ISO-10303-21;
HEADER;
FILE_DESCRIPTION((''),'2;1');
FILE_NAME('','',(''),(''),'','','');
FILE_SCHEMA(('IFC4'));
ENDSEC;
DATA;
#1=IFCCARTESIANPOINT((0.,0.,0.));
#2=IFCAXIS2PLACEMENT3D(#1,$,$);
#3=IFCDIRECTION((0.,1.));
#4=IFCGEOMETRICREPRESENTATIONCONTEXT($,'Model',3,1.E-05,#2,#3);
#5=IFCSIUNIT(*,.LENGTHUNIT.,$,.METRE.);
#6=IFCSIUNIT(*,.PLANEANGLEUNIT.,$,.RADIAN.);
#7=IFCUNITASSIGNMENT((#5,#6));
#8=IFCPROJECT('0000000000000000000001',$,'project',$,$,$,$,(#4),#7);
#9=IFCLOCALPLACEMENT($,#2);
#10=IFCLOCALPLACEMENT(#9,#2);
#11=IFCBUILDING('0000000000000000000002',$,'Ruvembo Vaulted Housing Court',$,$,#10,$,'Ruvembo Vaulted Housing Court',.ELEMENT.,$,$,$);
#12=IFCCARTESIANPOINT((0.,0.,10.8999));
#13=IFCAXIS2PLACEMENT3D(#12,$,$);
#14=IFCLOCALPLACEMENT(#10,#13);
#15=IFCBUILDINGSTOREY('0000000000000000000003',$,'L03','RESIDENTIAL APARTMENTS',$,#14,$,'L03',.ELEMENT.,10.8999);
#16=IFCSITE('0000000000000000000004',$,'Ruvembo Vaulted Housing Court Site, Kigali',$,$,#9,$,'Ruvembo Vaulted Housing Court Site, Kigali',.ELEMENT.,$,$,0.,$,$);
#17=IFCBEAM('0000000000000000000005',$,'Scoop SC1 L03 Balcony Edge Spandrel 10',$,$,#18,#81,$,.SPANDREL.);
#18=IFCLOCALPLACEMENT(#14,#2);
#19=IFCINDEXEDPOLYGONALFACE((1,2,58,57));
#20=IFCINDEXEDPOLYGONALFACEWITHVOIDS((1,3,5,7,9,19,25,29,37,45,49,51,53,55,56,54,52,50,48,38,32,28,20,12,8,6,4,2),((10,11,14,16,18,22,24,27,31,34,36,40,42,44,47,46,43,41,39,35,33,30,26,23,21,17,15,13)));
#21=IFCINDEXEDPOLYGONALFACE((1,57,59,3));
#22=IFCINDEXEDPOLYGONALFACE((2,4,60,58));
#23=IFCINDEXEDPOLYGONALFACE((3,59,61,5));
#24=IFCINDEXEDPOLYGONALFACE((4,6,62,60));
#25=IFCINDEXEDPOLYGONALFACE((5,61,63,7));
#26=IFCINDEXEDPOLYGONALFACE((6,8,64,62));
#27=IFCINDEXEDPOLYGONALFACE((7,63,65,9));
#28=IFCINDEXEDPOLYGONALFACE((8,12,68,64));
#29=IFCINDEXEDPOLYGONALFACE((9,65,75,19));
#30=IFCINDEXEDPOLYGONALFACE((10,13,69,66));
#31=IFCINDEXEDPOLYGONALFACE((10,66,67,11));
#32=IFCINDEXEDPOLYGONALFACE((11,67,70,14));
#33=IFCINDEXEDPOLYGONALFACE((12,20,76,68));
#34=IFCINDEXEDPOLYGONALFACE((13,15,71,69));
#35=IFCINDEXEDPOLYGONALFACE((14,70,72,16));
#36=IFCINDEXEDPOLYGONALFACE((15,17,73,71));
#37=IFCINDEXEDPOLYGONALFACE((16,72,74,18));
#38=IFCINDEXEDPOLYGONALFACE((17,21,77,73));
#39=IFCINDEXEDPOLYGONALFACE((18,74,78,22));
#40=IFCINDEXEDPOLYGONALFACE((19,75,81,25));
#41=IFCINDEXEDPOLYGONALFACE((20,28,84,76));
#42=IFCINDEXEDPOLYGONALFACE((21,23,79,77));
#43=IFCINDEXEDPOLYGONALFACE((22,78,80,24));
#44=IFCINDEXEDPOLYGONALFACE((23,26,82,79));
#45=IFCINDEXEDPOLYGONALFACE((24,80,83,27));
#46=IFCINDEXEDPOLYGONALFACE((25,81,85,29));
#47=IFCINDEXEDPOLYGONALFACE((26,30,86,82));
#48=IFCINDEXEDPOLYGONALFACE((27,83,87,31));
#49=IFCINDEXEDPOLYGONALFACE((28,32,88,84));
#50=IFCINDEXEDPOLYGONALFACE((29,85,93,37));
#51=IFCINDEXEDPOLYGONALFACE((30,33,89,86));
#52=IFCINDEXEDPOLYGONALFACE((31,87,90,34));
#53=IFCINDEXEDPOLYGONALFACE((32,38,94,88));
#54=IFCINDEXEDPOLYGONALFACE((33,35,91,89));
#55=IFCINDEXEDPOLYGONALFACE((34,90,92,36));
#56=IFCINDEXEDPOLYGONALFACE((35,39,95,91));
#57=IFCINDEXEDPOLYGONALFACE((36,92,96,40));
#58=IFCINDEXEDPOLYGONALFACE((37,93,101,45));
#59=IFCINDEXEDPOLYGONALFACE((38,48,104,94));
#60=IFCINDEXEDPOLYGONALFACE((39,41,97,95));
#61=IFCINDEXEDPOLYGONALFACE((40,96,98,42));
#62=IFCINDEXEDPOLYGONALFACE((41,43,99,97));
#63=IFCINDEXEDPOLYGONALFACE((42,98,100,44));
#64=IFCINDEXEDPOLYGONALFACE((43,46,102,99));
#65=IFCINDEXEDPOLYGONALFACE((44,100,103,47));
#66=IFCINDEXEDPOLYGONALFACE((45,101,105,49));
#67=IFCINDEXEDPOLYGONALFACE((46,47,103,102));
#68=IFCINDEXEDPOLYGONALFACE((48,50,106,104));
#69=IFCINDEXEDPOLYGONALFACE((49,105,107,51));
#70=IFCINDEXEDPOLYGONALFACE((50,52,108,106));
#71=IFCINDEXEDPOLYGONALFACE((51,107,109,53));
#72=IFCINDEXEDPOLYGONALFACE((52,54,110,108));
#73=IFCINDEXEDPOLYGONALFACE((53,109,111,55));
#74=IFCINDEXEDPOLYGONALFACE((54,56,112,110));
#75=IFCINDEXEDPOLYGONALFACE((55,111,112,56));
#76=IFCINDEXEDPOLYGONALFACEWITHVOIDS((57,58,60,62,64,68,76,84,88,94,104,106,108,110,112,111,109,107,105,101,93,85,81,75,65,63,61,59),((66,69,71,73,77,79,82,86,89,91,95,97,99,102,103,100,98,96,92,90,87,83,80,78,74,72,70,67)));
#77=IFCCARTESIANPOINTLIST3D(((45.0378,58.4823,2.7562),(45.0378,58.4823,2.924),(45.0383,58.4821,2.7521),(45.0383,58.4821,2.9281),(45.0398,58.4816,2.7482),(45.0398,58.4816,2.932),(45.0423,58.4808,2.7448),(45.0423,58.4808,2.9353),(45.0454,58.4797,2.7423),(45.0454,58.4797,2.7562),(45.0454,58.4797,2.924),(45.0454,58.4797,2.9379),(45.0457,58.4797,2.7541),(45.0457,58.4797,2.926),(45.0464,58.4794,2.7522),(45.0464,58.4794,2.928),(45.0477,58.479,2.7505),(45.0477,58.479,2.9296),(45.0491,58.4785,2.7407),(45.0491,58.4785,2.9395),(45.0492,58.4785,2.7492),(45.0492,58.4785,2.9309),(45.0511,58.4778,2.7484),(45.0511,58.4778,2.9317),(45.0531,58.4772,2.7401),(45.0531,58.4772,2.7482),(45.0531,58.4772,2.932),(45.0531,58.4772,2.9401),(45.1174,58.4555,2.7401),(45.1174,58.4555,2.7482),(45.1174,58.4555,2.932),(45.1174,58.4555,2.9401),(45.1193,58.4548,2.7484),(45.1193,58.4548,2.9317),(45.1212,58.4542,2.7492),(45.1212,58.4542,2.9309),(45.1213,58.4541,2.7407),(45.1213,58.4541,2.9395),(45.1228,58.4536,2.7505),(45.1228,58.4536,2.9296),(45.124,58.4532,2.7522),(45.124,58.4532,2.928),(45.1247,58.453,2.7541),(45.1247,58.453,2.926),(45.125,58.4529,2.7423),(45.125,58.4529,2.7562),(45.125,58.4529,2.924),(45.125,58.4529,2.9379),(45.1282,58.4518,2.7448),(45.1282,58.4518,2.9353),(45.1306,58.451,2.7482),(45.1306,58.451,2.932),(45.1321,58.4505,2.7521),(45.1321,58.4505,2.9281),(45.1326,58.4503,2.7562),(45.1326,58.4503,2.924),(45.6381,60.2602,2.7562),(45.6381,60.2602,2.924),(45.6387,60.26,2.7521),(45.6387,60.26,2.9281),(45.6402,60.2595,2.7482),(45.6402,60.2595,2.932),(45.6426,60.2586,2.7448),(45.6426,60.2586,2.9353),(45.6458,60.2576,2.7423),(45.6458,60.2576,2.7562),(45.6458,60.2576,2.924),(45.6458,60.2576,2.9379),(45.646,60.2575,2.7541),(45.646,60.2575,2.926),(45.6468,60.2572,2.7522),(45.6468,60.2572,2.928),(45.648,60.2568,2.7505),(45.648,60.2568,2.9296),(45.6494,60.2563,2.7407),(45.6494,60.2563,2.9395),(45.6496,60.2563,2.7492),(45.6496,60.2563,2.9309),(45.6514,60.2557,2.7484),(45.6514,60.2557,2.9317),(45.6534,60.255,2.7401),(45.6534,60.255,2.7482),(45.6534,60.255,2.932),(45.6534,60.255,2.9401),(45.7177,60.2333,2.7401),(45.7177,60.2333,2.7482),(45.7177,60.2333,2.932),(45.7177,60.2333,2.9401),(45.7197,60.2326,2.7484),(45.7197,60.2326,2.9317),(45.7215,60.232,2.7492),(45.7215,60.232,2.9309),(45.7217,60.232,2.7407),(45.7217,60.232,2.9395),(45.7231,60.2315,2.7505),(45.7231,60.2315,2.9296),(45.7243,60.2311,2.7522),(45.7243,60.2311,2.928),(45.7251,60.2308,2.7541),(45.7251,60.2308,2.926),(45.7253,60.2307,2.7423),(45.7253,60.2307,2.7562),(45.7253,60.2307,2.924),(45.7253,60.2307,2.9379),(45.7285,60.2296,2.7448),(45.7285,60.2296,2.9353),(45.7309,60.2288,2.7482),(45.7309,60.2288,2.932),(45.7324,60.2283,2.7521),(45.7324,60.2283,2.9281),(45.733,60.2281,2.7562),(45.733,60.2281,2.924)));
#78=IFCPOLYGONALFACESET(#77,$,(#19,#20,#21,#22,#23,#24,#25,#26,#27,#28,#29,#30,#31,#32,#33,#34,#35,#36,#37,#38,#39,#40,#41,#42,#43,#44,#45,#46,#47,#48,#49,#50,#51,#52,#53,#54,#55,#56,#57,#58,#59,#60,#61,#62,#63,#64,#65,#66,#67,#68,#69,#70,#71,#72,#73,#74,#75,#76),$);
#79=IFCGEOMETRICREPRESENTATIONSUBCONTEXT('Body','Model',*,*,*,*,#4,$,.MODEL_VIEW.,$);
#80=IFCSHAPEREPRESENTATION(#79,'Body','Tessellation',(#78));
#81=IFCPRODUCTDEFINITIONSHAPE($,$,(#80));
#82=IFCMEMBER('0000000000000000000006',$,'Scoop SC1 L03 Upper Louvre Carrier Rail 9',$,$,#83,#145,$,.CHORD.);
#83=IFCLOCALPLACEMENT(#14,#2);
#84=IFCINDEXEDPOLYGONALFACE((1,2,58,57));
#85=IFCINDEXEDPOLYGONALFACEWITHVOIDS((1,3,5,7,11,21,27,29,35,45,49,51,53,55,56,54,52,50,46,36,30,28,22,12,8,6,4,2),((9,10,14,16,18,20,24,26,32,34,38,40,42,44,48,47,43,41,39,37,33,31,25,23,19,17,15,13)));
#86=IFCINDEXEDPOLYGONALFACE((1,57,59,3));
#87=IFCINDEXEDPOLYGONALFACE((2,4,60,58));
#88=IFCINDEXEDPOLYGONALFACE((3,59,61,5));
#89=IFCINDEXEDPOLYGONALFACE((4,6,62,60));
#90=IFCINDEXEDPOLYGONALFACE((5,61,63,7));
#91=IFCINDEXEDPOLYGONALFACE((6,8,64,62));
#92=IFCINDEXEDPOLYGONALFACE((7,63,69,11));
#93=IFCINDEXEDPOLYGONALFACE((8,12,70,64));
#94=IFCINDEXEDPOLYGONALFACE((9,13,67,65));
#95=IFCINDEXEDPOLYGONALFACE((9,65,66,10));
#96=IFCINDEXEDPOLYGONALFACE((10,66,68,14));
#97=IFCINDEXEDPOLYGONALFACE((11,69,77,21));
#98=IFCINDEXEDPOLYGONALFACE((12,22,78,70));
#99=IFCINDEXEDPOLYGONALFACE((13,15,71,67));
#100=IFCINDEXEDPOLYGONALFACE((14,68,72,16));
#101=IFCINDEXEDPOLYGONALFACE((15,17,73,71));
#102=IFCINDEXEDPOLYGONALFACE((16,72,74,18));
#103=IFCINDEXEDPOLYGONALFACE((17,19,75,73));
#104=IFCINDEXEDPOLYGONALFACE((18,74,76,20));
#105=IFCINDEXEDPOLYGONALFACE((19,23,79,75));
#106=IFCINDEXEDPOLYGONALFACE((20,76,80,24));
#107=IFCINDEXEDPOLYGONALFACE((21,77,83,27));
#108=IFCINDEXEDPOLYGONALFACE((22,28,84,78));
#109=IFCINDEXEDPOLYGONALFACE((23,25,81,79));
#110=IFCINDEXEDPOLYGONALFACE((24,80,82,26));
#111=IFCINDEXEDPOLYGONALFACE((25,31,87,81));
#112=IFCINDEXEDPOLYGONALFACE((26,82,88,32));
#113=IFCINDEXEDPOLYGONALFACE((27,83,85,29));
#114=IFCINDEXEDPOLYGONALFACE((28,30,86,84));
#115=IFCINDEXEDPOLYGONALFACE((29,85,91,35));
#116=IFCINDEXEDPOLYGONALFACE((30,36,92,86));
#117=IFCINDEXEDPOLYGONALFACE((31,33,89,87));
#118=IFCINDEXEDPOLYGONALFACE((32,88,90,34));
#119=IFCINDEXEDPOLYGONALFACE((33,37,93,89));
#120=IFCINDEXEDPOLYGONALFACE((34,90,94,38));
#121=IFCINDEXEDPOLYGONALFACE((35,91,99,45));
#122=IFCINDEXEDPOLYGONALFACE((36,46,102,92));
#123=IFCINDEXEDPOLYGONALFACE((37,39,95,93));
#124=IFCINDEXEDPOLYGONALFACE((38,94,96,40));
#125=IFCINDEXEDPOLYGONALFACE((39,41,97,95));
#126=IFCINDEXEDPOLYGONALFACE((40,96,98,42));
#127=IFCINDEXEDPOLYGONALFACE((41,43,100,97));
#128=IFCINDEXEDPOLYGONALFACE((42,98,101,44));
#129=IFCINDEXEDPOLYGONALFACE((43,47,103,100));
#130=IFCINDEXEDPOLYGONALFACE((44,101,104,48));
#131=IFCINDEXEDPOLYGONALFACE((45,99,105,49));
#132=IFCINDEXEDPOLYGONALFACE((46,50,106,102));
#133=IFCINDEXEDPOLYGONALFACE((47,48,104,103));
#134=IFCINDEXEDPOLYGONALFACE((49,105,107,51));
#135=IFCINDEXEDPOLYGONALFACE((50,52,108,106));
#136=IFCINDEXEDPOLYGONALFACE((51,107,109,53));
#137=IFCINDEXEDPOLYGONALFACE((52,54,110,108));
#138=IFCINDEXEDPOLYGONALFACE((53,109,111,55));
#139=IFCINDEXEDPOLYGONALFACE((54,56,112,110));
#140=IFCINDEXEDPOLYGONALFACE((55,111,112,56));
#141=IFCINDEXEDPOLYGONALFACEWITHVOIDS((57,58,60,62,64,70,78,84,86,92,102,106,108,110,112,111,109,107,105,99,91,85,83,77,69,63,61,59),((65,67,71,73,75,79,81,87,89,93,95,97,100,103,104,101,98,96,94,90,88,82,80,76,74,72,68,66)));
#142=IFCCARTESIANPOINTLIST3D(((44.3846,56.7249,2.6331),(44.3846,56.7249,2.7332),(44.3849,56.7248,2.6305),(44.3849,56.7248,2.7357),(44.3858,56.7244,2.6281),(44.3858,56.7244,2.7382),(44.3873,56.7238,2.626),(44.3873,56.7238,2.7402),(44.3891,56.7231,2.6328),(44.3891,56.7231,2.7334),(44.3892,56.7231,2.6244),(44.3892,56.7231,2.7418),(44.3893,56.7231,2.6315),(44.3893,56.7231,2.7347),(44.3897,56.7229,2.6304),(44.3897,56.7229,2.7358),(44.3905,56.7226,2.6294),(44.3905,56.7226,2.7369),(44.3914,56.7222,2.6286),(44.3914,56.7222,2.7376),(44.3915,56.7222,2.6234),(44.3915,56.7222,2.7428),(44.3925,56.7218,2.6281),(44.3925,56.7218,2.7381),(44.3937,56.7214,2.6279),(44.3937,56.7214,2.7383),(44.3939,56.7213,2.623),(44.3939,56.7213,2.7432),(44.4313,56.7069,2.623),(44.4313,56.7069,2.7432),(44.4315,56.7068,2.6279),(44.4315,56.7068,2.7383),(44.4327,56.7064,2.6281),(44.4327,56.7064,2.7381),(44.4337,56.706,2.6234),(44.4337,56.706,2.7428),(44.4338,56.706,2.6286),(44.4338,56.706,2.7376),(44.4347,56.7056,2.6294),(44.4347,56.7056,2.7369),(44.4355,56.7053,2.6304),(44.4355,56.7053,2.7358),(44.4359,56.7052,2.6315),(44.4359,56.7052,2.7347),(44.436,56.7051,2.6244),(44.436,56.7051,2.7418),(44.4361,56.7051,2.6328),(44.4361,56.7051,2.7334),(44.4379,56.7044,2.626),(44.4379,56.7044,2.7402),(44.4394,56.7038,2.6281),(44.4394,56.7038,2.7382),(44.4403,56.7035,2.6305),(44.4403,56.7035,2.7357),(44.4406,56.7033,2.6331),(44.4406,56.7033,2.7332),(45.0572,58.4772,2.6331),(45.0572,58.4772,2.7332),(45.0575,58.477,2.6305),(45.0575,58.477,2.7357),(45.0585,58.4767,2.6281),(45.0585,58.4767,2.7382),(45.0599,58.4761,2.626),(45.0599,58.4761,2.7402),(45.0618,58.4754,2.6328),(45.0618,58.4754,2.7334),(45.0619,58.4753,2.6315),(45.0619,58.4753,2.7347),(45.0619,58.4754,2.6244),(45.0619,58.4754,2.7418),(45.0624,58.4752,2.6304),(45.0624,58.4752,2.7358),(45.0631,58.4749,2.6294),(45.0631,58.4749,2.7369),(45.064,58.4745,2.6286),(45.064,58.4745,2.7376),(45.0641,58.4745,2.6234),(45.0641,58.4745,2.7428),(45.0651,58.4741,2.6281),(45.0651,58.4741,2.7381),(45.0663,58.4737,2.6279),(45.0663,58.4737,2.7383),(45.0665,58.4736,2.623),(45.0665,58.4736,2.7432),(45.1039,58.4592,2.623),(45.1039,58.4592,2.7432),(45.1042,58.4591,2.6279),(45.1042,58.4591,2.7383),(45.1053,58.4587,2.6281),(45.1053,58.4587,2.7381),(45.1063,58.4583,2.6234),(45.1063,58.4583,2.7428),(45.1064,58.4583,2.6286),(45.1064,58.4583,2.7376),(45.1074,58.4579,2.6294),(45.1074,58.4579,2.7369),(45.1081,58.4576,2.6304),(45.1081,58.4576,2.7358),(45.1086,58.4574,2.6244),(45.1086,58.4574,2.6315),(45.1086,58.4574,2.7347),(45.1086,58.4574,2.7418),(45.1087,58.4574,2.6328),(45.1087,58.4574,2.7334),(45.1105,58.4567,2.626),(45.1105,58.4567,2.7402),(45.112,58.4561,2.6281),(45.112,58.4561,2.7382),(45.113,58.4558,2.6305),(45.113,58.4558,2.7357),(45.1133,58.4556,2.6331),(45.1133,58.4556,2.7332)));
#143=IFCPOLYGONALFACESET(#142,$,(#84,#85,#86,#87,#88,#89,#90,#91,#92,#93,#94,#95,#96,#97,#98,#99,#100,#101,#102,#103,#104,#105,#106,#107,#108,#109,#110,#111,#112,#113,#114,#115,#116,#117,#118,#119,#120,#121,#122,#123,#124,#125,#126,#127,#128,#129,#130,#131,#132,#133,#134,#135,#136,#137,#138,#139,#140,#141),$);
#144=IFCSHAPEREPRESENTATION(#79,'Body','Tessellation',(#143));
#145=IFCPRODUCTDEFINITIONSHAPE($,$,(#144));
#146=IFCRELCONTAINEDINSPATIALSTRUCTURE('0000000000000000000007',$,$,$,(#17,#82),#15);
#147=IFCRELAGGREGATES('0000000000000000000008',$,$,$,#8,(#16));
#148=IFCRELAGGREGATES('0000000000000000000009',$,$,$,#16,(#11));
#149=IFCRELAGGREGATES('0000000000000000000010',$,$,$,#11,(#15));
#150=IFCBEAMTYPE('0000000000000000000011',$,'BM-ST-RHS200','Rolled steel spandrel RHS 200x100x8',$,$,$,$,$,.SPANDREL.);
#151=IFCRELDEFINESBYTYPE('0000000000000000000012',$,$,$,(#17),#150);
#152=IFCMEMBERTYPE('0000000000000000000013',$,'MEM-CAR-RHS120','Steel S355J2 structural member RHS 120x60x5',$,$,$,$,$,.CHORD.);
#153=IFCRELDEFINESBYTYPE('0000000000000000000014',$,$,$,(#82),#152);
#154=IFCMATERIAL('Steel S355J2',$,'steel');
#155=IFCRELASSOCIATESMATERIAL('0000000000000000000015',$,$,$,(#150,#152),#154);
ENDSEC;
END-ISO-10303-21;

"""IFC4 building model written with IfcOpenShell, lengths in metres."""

from ifc_helpers import new_model, si_unit, direction, frame, origin, origin_2d, place, context, subcontext, project, spatial, hollow_rectangle, extrude, material, material_profile, profile_set, type_object, element, save


model = new_model("IFC4")

# Units and contexts
model_context = context("Model", 3, precision=1e-05, world=origin(), true_north=direction((0.0, 1.0)))
body_context = subcontext(model_context, "Body", "Model", "MODEL_VIEW")
ifc_project = project(units=[si_unit("LENGTHUNIT", "METRE"), si_unit("PLANEANGLEUNIT", "RADIAN")], contexts=[model_context])

# Site, building, storey
site_placement = place(None, origin())
site = spatial("IfcSite", under=ifc_project, at=site_placement, Name="Ruvembo Vaulted Housing Court Site, Kigali", LongName="Ruvembo Vaulted Housing Court Site, Kigali", CompositionType="ELEMENT", RefElevation=0.0)
building_placement = place(site_placement, origin())
building = spatial("IfcBuilding", under=site, at=building_placement, Name="Ruvembo Vaulted Housing Court", LongName="Ruvembo Vaulted Housing Court", CompositionType="ELEMENT")
storey_placement = place(building_placement, frame((0.0, 0.0, 10.8999)))
storey = spatial("IfcBuildingStorey", under=building, at=storey_placement, Name="L03", Description="RESIDENTIAL APARTMENTS", LongName="L03", CompositionType="ELEMENT", Elevation=10.8999)

# Beam
ifc_material_1 = material(Name="Steel S355J2", Category="steel")
ifc_material_profile_1 = material_profile(ifc_material_1, hollow_rectangle(XDim=0.1001, YDim=0.2, WallThickness=0.0081, InnerFilletRadius=0.0081, OuterFilletRadius=0.0161, at=origin_2d()), Name="RHS 200x100x8")
ifc_profile_set_1 = profile_set([ifc_material_profile_1], Name="Steel S355J2")
beam_type_1 = type_object("IfcBeamType", Name="BM-ST-RHS200", Description="Rolled steel spandrel RHS 200x100x8", PredefinedType="SPANDREL", material=ifc_profile_set_1)
beam_1_placement = place(storey_placement, frame((45.0852, 58.4663, 2.8401), z_axis=(0.319933, 0.94744, 0.0), x_axis=(-0.94744, 0.319933, 0.0)))
element("IfcBeam", 1, at=beam_1_placement, inside=storey, type_object=beam_type_1, Name="Scoop SC1 L03 Balcony Edge Spandrel 10", PredefinedType="SPANDREL", context=body_context, shape_type="SweptSolid", body=[
    extrude(hollow_rectangle(XDim=0.1001, YDim=0.2, WallThickness=0.0081, InnerFilletRadius=0.0081, OuterFilletRadius=0.0161, at=origin_2d()), origin(), (0.0, 0.0, 1.0), 1.8765),
])

# Member
ifc_material_profile_2 = material_profile(ifc_material_1, hollow_rectangle(XDim=0.0601, YDim=0.1201, WallThickness=0.0049, InnerFilletRadius=0.0049, OuterFilletRadius=0.01, at=origin_2d()), Name="RHS 120x60x5")
ifc_profile_set_2 = profile_set([ifc_material_profile_2], Name="Steel S355J2")
member_type_1 = type_object("IfcMemberType", Name="MEM-CAR-RHS120", Description="Steel S355J2 structural member RHS 120x60x5", PredefinedType="CHORD", material=ifc_profile_set_2)
member_1_placement = place(storey_placement, frame((44.4126, 56.7141, 2.6831), z_axis=(0.358369, 0.93358, 0.0), x_axis=(-0.93358, 0.358369, 0.0)))
element("IfcMember", 2, at=member_1_placement, inside=storey, type_object=member_type_1, Name="Scoop SC1 L03 Upper Louvre Carrier Rail 9", PredefinedType="CHORD", context=body_context, shape_type="SweptSolid", body=[
    extrude(hollow_rectangle(XDim=0.0601, YDim=0.1201, WallThickness=0.0049, InnerFilletRadius=0.0049, OuterFilletRadius=0.01, at=origin_2d()), origin(), (0.0, 0.0, 1.0), 1.877),
])

save(model, "model.ifc")
